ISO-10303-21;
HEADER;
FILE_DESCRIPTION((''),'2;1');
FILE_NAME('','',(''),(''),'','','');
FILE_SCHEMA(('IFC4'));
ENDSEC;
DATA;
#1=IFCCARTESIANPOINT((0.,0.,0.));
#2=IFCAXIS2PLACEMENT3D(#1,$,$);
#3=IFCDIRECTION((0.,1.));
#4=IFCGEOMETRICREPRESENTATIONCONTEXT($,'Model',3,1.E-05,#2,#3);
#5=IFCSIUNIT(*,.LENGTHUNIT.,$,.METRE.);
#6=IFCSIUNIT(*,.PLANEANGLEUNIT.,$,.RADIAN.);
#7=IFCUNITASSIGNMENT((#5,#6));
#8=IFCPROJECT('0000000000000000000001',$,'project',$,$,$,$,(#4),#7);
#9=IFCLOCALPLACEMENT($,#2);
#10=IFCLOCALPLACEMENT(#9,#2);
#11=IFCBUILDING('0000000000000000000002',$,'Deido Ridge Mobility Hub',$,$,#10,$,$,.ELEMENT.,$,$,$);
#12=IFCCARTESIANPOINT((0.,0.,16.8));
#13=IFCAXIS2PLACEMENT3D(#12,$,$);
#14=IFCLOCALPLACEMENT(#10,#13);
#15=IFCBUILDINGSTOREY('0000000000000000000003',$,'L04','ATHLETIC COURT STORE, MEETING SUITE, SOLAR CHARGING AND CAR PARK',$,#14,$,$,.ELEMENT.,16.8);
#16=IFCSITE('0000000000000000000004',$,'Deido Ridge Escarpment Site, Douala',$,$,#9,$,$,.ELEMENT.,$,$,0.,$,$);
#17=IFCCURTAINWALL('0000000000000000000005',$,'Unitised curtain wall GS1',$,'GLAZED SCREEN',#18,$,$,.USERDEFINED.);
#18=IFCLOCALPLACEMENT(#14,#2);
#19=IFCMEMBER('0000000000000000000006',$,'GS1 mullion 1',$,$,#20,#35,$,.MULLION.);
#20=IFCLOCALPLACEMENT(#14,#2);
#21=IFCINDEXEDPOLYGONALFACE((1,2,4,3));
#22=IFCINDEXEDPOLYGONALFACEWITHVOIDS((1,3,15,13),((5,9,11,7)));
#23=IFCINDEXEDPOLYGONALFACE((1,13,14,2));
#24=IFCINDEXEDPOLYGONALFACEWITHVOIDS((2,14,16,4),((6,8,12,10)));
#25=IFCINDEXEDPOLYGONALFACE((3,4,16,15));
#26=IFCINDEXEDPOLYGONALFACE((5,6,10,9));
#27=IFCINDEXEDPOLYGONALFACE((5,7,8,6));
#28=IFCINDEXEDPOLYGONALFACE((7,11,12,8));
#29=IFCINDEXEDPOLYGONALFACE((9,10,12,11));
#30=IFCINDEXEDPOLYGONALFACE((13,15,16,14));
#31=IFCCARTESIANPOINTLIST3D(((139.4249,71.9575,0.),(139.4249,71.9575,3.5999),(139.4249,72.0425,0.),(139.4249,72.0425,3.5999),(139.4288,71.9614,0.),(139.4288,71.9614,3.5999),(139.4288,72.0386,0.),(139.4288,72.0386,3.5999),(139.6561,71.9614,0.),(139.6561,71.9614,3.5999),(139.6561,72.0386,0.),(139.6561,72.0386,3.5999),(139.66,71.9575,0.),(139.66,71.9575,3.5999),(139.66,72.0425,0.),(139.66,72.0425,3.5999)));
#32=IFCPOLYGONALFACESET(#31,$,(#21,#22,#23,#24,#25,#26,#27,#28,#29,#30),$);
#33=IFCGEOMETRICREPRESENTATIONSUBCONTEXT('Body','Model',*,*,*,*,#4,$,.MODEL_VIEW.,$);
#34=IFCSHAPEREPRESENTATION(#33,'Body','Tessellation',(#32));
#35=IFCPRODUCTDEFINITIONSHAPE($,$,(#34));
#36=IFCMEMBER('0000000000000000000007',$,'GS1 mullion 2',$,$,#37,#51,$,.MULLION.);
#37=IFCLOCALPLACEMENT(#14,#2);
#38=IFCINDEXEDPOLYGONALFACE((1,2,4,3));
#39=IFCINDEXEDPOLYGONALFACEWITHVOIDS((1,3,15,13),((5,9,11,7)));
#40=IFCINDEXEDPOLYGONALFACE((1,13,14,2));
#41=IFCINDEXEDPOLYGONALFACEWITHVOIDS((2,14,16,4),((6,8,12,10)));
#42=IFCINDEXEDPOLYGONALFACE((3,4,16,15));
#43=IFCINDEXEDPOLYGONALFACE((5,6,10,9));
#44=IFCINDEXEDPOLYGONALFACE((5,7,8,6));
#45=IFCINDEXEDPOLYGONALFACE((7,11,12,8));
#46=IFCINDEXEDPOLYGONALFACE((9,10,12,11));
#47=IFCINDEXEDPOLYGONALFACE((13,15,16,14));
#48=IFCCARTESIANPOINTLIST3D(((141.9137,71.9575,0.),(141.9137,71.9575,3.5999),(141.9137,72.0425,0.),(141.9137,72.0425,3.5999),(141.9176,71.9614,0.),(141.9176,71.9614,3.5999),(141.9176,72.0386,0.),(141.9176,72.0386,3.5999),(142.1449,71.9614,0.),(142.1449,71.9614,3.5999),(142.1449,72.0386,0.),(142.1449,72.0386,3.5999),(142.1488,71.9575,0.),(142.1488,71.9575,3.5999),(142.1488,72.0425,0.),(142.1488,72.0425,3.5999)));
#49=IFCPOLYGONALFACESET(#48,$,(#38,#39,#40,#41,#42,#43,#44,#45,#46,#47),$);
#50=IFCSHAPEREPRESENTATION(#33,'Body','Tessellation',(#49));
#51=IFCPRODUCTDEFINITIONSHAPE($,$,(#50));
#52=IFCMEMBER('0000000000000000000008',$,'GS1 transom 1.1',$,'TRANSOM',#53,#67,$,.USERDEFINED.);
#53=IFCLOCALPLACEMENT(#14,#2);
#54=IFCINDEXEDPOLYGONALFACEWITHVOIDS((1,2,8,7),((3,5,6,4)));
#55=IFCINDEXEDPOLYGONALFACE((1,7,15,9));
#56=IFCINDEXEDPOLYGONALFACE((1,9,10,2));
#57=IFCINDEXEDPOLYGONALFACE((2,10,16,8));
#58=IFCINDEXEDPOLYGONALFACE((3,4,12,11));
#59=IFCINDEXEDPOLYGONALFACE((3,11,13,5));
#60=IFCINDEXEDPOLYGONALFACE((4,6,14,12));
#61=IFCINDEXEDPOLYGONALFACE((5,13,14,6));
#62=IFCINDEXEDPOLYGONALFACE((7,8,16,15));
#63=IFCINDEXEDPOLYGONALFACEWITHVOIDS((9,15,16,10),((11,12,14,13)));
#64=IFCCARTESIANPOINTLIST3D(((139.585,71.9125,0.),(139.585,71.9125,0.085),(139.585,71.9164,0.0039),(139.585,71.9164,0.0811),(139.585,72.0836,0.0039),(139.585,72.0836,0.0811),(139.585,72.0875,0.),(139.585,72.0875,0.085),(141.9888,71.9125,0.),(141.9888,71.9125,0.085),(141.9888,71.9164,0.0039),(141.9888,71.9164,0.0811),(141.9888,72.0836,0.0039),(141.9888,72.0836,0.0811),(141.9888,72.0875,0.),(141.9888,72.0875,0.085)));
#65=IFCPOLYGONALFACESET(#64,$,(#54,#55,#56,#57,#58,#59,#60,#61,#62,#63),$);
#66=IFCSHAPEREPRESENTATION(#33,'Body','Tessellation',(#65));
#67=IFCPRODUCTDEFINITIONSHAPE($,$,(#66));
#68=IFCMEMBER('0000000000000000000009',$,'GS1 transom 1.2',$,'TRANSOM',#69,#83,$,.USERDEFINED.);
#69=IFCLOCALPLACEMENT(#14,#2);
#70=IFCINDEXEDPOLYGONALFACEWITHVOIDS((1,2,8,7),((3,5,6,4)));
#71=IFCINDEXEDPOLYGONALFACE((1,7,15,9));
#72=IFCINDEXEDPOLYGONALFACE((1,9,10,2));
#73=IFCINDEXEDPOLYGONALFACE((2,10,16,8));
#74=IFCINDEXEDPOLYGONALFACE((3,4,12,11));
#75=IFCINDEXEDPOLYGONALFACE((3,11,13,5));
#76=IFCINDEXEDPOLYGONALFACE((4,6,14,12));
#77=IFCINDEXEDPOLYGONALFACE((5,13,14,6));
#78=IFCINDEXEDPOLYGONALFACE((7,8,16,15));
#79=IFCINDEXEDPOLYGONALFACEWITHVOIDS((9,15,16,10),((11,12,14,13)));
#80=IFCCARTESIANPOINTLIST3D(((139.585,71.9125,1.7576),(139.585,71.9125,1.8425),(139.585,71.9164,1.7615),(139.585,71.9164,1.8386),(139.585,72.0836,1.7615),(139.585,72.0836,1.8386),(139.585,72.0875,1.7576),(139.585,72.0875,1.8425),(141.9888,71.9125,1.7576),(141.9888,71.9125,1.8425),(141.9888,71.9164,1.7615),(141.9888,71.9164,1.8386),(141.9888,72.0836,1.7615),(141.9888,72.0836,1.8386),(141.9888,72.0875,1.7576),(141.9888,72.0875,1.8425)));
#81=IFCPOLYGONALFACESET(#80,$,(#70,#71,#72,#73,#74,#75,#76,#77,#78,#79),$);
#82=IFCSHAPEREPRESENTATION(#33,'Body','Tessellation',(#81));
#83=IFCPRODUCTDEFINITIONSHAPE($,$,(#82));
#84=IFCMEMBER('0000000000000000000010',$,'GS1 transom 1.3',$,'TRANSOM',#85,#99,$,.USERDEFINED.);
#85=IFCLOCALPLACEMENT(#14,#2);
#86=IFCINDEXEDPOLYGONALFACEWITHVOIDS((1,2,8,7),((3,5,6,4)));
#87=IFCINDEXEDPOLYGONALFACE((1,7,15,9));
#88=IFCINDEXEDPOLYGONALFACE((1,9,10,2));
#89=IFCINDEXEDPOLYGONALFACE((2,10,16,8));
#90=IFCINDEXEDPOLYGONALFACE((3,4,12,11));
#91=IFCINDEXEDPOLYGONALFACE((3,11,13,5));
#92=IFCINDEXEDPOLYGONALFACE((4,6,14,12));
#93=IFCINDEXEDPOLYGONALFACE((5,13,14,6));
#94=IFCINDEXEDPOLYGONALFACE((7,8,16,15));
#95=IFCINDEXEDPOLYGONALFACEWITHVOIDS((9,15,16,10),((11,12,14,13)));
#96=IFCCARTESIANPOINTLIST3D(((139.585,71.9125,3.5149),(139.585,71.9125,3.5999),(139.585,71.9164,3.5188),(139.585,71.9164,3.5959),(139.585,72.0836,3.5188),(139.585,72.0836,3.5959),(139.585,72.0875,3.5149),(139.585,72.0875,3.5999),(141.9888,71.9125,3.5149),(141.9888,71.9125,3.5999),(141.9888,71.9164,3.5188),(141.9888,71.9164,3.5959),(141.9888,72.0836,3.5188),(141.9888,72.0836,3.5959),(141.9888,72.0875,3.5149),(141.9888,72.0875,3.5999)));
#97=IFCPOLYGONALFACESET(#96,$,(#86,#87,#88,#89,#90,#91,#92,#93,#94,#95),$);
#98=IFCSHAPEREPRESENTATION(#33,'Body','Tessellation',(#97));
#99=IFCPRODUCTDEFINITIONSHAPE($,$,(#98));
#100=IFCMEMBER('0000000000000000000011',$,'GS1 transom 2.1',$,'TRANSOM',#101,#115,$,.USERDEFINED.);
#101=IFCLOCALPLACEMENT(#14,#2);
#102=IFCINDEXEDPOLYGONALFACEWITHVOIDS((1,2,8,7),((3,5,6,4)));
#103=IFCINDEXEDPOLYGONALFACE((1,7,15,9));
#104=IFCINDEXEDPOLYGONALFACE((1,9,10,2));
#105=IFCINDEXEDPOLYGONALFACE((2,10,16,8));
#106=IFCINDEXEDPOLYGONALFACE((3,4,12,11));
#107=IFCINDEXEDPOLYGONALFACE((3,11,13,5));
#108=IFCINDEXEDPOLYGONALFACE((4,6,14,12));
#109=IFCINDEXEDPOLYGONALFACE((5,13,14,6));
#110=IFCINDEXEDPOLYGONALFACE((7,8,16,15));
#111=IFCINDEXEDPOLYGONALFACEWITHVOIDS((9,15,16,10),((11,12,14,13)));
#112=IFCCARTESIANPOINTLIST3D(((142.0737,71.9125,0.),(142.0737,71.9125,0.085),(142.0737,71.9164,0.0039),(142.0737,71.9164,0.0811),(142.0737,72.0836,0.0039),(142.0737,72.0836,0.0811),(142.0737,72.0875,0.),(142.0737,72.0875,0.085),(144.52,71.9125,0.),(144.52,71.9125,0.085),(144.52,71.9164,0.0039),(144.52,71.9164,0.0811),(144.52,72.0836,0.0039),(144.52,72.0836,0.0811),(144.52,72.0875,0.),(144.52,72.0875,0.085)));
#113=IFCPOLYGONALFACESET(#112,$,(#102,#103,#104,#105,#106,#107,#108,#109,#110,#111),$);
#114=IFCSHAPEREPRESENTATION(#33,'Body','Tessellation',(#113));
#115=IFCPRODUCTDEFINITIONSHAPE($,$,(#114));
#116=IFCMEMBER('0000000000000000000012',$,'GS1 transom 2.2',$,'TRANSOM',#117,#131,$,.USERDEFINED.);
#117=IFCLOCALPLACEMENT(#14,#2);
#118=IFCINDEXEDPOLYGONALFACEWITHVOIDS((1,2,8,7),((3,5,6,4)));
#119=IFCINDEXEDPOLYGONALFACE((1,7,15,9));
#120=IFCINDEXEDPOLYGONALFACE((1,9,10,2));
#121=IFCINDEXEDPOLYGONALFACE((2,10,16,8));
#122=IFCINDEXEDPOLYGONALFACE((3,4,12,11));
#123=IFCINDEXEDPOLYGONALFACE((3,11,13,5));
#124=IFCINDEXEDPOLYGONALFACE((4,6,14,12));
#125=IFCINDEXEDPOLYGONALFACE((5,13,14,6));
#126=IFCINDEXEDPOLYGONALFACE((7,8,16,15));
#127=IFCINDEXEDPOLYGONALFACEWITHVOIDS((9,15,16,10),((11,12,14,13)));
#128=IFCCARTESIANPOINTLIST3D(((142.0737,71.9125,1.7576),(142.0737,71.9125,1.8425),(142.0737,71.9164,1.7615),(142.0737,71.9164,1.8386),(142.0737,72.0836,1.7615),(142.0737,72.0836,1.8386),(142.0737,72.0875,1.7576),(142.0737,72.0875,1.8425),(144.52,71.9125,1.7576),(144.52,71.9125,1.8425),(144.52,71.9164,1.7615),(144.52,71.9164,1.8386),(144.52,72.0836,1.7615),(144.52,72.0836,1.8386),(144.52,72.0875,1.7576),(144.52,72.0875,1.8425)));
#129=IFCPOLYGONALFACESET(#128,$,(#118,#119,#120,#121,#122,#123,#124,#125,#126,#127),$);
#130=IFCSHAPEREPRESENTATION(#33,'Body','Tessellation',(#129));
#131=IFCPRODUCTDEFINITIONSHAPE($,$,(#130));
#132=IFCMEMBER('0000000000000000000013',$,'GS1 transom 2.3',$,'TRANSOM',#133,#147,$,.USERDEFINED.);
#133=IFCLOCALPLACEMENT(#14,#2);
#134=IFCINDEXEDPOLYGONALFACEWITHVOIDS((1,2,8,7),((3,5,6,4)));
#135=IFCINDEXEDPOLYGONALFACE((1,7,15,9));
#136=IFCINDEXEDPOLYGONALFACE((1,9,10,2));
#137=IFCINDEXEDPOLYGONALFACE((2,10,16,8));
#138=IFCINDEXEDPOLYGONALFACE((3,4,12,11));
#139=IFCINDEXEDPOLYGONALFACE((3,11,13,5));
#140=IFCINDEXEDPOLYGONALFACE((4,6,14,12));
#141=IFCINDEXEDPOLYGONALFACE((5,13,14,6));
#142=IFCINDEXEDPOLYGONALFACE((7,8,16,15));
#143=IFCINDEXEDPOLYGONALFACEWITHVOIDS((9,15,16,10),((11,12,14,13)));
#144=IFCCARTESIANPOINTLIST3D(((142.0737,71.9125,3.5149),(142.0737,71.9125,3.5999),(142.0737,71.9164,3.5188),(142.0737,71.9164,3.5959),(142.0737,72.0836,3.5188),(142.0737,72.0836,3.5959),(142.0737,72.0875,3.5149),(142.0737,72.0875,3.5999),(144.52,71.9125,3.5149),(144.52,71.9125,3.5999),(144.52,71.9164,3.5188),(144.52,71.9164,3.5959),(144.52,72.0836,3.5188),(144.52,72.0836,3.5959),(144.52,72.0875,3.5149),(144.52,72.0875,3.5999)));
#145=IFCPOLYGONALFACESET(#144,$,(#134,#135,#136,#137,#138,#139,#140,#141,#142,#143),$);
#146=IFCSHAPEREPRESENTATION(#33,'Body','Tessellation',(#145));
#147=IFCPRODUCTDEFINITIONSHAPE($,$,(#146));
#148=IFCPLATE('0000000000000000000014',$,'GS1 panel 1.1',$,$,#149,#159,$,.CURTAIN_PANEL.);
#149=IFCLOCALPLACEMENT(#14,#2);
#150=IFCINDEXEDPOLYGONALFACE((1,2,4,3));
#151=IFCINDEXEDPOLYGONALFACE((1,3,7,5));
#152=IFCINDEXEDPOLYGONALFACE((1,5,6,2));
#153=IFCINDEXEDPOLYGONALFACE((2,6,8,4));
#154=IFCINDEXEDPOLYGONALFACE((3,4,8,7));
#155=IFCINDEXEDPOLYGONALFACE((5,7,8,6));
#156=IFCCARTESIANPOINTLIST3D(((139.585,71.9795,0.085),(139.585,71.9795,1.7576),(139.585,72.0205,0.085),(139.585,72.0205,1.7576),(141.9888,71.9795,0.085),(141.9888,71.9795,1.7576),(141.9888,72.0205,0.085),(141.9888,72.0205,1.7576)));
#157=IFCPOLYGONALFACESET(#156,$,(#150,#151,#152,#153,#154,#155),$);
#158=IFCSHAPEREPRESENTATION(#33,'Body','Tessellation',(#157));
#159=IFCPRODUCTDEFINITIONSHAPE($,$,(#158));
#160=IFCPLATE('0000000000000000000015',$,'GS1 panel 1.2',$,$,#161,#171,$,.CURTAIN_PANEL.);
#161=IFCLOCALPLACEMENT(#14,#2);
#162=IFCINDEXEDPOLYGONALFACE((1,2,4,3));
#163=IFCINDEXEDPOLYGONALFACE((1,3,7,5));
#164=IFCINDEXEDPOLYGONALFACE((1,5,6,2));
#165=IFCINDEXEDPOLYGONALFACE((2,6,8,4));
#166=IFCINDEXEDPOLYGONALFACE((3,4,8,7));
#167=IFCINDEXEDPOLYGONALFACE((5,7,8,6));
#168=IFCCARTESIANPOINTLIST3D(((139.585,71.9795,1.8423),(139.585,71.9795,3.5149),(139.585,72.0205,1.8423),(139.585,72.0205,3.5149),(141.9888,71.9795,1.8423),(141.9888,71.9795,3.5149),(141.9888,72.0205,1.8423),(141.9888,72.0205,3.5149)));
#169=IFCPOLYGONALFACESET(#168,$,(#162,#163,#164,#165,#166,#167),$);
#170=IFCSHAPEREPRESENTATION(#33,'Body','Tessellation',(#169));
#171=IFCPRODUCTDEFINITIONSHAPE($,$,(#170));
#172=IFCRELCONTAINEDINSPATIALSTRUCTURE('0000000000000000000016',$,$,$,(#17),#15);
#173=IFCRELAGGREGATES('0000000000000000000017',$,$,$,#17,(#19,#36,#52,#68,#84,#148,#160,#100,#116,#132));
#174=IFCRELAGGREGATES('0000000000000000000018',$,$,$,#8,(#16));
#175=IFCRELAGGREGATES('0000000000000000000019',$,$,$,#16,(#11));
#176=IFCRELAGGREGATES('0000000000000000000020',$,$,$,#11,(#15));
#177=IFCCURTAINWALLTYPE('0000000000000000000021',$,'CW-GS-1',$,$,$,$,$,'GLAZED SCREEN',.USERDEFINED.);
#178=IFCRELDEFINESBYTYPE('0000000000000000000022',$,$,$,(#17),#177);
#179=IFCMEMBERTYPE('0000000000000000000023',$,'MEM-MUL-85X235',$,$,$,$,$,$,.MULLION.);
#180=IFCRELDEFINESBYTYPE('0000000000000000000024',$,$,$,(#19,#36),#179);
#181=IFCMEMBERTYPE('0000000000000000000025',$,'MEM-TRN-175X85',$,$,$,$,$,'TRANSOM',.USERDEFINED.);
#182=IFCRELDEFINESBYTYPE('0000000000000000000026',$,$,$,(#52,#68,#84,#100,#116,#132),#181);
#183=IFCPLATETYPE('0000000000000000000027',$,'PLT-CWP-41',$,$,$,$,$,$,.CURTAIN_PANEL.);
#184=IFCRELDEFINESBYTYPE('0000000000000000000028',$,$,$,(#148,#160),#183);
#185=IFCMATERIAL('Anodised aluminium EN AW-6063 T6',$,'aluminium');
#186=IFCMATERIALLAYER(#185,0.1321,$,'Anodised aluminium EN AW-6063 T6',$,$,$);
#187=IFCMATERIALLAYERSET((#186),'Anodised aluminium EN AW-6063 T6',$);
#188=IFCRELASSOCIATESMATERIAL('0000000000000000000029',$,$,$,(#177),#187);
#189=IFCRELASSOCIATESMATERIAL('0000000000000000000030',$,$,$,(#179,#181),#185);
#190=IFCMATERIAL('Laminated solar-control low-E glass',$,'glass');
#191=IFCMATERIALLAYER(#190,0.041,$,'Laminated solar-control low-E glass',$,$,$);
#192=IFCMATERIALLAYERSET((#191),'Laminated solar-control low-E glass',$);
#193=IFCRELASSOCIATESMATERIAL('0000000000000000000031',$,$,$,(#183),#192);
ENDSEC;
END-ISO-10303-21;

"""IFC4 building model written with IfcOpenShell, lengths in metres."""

from ifc_helpers import new_model, si_unit, direction, frame, origin, origin_2d, place, context, subcontext, project, spatial, rectangle, hollow_rectangle, extrude, material, layer, layer_set, material_profile, profile_set, type_object, element, aggregate, save


model = new_model("IFC4")

# Units and contexts
model_context = context("Model", 3, precision=1e-05, world=origin(), true_north=direction((0.0, 1.0)))
body_context = subcontext(model_context, "Body", "Model", "MODEL_VIEW")
ifc_project = project(units=[si_unit("LENGTHUNIT", "METRE"), si_unit("PLANEANGLEUNIT", "RADIAN")], contexts=[model_context])

# Site, building, storey
site_placement = place(None, origin())
site = spatial("IfcSite", under=ifc_project, at=site_placement, Name="Deido Ridge Escarpment Site, Douala", CompositionType="ELEMENT", RefElevation=0.0)
building_placement = place(site_placement, origin())
building = spatial("IfcBuilding", under=site, at=building_placement, Name="Deido Ridge Mobility Hub", CompositionType="ELEMENT")
storey_placement = place(building_placement, frame((0.0, 0.0, 16.8)))
storey = spatial("IfcBuildingStorey", under=building, at=storey_placement, Name="L04", Description="ATHLETIC COURT STORE, MEETING SUITE, SOLAR CHARGING AND CAR PARK", CompositionType="ELEMENT", Elevation=16.8)

# Curtain wall, members, plates
ifc_material_1 = material(Name="Anodised aluminium EN AW-6063 T6", Category="aluminium")
ifc_layer_1 = layer(ifc_material_1, 0.1321, Name="Anodised aluminium EN AW-6063 T6")
ifc_layer_set_1 = layer_set([ifc_layer_1], Name="Anodised aluminium EN AW-6063 T6")
curtain_wall_type = type_object("IfcCurtainWallType", Name="CW-GS-1", ElementType="GLAZED SCREEN", PredefinedType="USERDEFINED", material=ifc_layer_set_1)
curtain_wall_placement = place(storey_placement, origin())
curtain_wall = element("IfcCurtainWall", 1, at=curtain_wall_placement, inside=storey, type_object=curtain_wall_type, Name="Unitised curtain wall GS1", ObjectType="GLAZED SCREEN", PredefinedType="USERDEFINED")
ifc_material_profile_1 = material_profile(ifc_material_1, hollow_rectangle(XDim=0.085, YDim=0.2351, WallThickness=0.0039, at=origin_2d()), Name="RHS 85x235x4")
ifc_profile_set_1 = profile_set([ifc_material_profile_1], Name="Anodised aluminium EN AW-6063 T6")
member_type_1 = type_object("IfcMemberType", Name="MEM-MUL-85X235", PredefinedType="MULLION", material=ifc_profile_set_1)
member_1_placement = place(storey_placement, frame((139.5425, 72.0, 0.0), z_axis=(0.0, 0.0, 1.0), x_axis=(0.0, 1.0, 0.0)))
member_1 = element("IfcMember", 2, at=member_1_placement, type_object=member_type_1, Name="GS1 mullion 1", PredefinedType="MULLION", context=body_context, shape_type="SweptSolid", body=[
    extrude(hollow_rectangle(XDim=0.085, YDim=0.2351, WallThickness=0.0039, at=origin_2d()), origin(), (0.0, 0.0, 1.0), 3.5999),
])
member_2_placement = place(storey_placement, frame((142.0312, 72.0, 0.0), z_axis=(0.0, 0.0, 1.0), x_axis=(0.0, 1.0, 0.0)))
member_2 = element("IfcMember", 3, at=member_2_placement, type_object=member_type_1, Name="GS1 mullion 2", PredefinedType="MULLION", context=body_context, shape_type="SweptSolid", body=[
    extrude(hollow_rectangle(XDim=0.085, YDim=0.2351, WallThickness=0.0039, at=origin_2d()), origin(), (0.0, 0.0, 1.0), 3.5999),
])
ifc_material_profile_2 = material_profile(ifc_material_1, hollow_rectangle(XDim=0.175, YDim=0.085, WallThickness=0.0039, at=origin_2d()), Name="RHS 175x85x4")
ifc_profile_set_2 = profile_set([ifc_material_profile_2], Name="Anodised aluminium EN AW-6063 T6")
member_type_2 = type_object("IfcMemberType", Name="MEM-TRN-175X85", ElementType="TRANSOM", PredefinedType="USERDEFINED", material=ifc_profile_set_2)
member_3_placement = place(storey_placement, frame((139.585, 72.0, 0.0425), z_axis=(1.0, 0.0, 0.0), x_axis=(0.0, 1.0, 0.0)))
member_3 = element("IfcMember", 4, at=member_3_placement, type_object=member_type_2, Name="GS1 transom 1.1", ObjectType="TRANSOM", PredefinedType="USERDEFINED", context=body_context, shape_type="SweptSolid", body=[
    extrude(hollow_rectangle(XDim=0.175, YDim=0.085, WallThickness=0.0039, at=origin_2d()), origin(), (0.0, 0.0, 1.0), 2.4038),
])
member_4_placement = place(storey_placement, frame((139.585, 72.0, 1.8), z_axis=(1.0, 0.0, 0.0), x_axis=(0.0, 1.0, 0.0)))
member_4 = element("IfcMember", 5, at=member_4_placement, type_object=member_type_2, Name="GS1 transom 1.2", ObjectType="TRANSOM", PredefinedType="USERDEFINED", context=body_context, shape_type="SweptSolid", body=[
    extrude(hollow_rectangle(XDim=0.175, YDim=0.085, WallThickness=0.0039, at=origin_2d()), origin(), (0.0, 0.0, 1.0), 2.4038),
])
member_5_placement = place(storey_placement, frame((139.585, 72.0, 3.5574), z_axis=(1.0, 0.0, 0.0), x_axis=(0.0, 1.0, 0.0)))
member_5 = element("IfcMember", 6, at=member_5_placement, type_object=member_type_2, Name="GS1 transom 1.3", ObjectType="TRANSOM", PredefinedType="USERDEFINED", context=body_context, shape_type="SweptSolid", body=[
    extrude(hollow_rectangle(XDim=0.175, YDim=0.085, WallThickness=0.0039, at=origin_2d()), origin(), (0.0, 0.0, 1.0), 2.4038),
])
member_6_placement = place(storey_placement, frame((142.0737, 72.0, 0.0425), z_axis=(1.0, 0.0, 0.0), x_axis=(0.0, 1.0, 0.0)))
member_6 = element("IfcMember", 7, at=member_6_placement, type_object=member_type_2, Name="GS1 transom 2.1", ObjectType="TRANSOM", PredefinedType="USERDEFINED", context=body_context, shape_type="SweptSolid", body=[
    extrude(hollow_rectangle(XDim=0.175, YDim=0.085, WallThickness=0.0039, at=origin_2d()), origin(), (0.0, 0.0, 1.0), 2.4463),
])
member_7_placement = place(storey_placement, frame((142.0737, 72.0, 1.8), z_axis=(1.0, 0.0, 0.0), x_axis=(0.0, 1.0, 0.0)))
member_7 = element("IfcMember", 8, at=member_7_placement, type_object=member_type_2, Name="GS1 transom 2.2", ObjectType="TRANSOM", PredefinedType="USERDEFINED", context=body_context, shape_type="SweptSolid", body=[
    extrude(hollow_rectangle(XDim=0.175, YDim=0.085, WallThickness=0.0039, at=origin_2d()), origin(), (0.0, 0.0, 1.0), 2.4463),
])
member_8_placement = place(storey_placement, frame((142.0737, 72.0, 3.5574), z_axis=(1.0, 0.0, 0.0), x_axis=(0.0, 1.0, 0.0)))
member_8 = element("IfcMember", 9, at=member_8_placement, type_object=member_type_2, Name="GS1 transom 2.3", ObjectType="TRANSOM", PredefinedType="USERDEFINED", context=body_context, shape_type="SweptSolid", body=[
    extrude(hollow_rectangle(XDim=0.175, YDim=0.085, WallThickness=0.0039, at=origin_2d()), origin(), (0.0, 0.0, 1.0), 2.4463),
])
ifc_material_2 = material(Name="Laminated solar-control low-E glass", Category="glass")
ifc_layer_2 = layer(ifc_material_2, 0.041, Name="Laminated solar-control low-E glass")
ifc_layer_set_2 = layer_set([ifc_layer_2], Name="Laminated solar-control low-E glass")
plate_type = type_object("IfcPlateType", Name="PLT-CWP-41", PredefinedType="CURTAIN_PANEL", material=ifc_layer_set_2)
plate_1_placement = place(storey_placement, frame((140.7869, 72.0, 0.085), z_axis=(0.0, 0.0, 1.0), x_axis=(1.0, 0.0, 0.0)))
plate_1 = element("IfcPlate", 10, at=plate_1_placement, type_object=plate_type, Name="GS1 panel 1.1", PredefinedType="CURTAIN_PANEL", context=body_context, shape_type="SweptSolid", body=[
    extrude(rectangle(XDim=2.4038, YDim=0.041, at=origin_2d()), origin(), (0.0, 0.0, 1.0), 1.6726),
])
plate_2_placement = place(storey_placement, frame((140.7869, 72.0, 1.8423), z_axis=(0.0, 0.0, 1.0), x_axis=(1.0, 0.0, 0.0)))
plate_2 = element("IfcPlate", 11, at=plate_2_placement, type_object=plate_type, Name="GS1 panel 1.2", PredefinedType="CURTAIN_PANEL", context=body_context, shape_type="SweptSolid", body=[
    extrude(rectangle(XDim=2.4038, YDim=0.041, at=origin_2d()), origin(), (0.0, 0.0, 1.0), 1.6726),
])
aggregate(curtain_wall, [member_1, member_2, member_3, member_4, member_5, plate_1, plate_2, member_6, member_7, member_8])

save(model, "model.ifc")
